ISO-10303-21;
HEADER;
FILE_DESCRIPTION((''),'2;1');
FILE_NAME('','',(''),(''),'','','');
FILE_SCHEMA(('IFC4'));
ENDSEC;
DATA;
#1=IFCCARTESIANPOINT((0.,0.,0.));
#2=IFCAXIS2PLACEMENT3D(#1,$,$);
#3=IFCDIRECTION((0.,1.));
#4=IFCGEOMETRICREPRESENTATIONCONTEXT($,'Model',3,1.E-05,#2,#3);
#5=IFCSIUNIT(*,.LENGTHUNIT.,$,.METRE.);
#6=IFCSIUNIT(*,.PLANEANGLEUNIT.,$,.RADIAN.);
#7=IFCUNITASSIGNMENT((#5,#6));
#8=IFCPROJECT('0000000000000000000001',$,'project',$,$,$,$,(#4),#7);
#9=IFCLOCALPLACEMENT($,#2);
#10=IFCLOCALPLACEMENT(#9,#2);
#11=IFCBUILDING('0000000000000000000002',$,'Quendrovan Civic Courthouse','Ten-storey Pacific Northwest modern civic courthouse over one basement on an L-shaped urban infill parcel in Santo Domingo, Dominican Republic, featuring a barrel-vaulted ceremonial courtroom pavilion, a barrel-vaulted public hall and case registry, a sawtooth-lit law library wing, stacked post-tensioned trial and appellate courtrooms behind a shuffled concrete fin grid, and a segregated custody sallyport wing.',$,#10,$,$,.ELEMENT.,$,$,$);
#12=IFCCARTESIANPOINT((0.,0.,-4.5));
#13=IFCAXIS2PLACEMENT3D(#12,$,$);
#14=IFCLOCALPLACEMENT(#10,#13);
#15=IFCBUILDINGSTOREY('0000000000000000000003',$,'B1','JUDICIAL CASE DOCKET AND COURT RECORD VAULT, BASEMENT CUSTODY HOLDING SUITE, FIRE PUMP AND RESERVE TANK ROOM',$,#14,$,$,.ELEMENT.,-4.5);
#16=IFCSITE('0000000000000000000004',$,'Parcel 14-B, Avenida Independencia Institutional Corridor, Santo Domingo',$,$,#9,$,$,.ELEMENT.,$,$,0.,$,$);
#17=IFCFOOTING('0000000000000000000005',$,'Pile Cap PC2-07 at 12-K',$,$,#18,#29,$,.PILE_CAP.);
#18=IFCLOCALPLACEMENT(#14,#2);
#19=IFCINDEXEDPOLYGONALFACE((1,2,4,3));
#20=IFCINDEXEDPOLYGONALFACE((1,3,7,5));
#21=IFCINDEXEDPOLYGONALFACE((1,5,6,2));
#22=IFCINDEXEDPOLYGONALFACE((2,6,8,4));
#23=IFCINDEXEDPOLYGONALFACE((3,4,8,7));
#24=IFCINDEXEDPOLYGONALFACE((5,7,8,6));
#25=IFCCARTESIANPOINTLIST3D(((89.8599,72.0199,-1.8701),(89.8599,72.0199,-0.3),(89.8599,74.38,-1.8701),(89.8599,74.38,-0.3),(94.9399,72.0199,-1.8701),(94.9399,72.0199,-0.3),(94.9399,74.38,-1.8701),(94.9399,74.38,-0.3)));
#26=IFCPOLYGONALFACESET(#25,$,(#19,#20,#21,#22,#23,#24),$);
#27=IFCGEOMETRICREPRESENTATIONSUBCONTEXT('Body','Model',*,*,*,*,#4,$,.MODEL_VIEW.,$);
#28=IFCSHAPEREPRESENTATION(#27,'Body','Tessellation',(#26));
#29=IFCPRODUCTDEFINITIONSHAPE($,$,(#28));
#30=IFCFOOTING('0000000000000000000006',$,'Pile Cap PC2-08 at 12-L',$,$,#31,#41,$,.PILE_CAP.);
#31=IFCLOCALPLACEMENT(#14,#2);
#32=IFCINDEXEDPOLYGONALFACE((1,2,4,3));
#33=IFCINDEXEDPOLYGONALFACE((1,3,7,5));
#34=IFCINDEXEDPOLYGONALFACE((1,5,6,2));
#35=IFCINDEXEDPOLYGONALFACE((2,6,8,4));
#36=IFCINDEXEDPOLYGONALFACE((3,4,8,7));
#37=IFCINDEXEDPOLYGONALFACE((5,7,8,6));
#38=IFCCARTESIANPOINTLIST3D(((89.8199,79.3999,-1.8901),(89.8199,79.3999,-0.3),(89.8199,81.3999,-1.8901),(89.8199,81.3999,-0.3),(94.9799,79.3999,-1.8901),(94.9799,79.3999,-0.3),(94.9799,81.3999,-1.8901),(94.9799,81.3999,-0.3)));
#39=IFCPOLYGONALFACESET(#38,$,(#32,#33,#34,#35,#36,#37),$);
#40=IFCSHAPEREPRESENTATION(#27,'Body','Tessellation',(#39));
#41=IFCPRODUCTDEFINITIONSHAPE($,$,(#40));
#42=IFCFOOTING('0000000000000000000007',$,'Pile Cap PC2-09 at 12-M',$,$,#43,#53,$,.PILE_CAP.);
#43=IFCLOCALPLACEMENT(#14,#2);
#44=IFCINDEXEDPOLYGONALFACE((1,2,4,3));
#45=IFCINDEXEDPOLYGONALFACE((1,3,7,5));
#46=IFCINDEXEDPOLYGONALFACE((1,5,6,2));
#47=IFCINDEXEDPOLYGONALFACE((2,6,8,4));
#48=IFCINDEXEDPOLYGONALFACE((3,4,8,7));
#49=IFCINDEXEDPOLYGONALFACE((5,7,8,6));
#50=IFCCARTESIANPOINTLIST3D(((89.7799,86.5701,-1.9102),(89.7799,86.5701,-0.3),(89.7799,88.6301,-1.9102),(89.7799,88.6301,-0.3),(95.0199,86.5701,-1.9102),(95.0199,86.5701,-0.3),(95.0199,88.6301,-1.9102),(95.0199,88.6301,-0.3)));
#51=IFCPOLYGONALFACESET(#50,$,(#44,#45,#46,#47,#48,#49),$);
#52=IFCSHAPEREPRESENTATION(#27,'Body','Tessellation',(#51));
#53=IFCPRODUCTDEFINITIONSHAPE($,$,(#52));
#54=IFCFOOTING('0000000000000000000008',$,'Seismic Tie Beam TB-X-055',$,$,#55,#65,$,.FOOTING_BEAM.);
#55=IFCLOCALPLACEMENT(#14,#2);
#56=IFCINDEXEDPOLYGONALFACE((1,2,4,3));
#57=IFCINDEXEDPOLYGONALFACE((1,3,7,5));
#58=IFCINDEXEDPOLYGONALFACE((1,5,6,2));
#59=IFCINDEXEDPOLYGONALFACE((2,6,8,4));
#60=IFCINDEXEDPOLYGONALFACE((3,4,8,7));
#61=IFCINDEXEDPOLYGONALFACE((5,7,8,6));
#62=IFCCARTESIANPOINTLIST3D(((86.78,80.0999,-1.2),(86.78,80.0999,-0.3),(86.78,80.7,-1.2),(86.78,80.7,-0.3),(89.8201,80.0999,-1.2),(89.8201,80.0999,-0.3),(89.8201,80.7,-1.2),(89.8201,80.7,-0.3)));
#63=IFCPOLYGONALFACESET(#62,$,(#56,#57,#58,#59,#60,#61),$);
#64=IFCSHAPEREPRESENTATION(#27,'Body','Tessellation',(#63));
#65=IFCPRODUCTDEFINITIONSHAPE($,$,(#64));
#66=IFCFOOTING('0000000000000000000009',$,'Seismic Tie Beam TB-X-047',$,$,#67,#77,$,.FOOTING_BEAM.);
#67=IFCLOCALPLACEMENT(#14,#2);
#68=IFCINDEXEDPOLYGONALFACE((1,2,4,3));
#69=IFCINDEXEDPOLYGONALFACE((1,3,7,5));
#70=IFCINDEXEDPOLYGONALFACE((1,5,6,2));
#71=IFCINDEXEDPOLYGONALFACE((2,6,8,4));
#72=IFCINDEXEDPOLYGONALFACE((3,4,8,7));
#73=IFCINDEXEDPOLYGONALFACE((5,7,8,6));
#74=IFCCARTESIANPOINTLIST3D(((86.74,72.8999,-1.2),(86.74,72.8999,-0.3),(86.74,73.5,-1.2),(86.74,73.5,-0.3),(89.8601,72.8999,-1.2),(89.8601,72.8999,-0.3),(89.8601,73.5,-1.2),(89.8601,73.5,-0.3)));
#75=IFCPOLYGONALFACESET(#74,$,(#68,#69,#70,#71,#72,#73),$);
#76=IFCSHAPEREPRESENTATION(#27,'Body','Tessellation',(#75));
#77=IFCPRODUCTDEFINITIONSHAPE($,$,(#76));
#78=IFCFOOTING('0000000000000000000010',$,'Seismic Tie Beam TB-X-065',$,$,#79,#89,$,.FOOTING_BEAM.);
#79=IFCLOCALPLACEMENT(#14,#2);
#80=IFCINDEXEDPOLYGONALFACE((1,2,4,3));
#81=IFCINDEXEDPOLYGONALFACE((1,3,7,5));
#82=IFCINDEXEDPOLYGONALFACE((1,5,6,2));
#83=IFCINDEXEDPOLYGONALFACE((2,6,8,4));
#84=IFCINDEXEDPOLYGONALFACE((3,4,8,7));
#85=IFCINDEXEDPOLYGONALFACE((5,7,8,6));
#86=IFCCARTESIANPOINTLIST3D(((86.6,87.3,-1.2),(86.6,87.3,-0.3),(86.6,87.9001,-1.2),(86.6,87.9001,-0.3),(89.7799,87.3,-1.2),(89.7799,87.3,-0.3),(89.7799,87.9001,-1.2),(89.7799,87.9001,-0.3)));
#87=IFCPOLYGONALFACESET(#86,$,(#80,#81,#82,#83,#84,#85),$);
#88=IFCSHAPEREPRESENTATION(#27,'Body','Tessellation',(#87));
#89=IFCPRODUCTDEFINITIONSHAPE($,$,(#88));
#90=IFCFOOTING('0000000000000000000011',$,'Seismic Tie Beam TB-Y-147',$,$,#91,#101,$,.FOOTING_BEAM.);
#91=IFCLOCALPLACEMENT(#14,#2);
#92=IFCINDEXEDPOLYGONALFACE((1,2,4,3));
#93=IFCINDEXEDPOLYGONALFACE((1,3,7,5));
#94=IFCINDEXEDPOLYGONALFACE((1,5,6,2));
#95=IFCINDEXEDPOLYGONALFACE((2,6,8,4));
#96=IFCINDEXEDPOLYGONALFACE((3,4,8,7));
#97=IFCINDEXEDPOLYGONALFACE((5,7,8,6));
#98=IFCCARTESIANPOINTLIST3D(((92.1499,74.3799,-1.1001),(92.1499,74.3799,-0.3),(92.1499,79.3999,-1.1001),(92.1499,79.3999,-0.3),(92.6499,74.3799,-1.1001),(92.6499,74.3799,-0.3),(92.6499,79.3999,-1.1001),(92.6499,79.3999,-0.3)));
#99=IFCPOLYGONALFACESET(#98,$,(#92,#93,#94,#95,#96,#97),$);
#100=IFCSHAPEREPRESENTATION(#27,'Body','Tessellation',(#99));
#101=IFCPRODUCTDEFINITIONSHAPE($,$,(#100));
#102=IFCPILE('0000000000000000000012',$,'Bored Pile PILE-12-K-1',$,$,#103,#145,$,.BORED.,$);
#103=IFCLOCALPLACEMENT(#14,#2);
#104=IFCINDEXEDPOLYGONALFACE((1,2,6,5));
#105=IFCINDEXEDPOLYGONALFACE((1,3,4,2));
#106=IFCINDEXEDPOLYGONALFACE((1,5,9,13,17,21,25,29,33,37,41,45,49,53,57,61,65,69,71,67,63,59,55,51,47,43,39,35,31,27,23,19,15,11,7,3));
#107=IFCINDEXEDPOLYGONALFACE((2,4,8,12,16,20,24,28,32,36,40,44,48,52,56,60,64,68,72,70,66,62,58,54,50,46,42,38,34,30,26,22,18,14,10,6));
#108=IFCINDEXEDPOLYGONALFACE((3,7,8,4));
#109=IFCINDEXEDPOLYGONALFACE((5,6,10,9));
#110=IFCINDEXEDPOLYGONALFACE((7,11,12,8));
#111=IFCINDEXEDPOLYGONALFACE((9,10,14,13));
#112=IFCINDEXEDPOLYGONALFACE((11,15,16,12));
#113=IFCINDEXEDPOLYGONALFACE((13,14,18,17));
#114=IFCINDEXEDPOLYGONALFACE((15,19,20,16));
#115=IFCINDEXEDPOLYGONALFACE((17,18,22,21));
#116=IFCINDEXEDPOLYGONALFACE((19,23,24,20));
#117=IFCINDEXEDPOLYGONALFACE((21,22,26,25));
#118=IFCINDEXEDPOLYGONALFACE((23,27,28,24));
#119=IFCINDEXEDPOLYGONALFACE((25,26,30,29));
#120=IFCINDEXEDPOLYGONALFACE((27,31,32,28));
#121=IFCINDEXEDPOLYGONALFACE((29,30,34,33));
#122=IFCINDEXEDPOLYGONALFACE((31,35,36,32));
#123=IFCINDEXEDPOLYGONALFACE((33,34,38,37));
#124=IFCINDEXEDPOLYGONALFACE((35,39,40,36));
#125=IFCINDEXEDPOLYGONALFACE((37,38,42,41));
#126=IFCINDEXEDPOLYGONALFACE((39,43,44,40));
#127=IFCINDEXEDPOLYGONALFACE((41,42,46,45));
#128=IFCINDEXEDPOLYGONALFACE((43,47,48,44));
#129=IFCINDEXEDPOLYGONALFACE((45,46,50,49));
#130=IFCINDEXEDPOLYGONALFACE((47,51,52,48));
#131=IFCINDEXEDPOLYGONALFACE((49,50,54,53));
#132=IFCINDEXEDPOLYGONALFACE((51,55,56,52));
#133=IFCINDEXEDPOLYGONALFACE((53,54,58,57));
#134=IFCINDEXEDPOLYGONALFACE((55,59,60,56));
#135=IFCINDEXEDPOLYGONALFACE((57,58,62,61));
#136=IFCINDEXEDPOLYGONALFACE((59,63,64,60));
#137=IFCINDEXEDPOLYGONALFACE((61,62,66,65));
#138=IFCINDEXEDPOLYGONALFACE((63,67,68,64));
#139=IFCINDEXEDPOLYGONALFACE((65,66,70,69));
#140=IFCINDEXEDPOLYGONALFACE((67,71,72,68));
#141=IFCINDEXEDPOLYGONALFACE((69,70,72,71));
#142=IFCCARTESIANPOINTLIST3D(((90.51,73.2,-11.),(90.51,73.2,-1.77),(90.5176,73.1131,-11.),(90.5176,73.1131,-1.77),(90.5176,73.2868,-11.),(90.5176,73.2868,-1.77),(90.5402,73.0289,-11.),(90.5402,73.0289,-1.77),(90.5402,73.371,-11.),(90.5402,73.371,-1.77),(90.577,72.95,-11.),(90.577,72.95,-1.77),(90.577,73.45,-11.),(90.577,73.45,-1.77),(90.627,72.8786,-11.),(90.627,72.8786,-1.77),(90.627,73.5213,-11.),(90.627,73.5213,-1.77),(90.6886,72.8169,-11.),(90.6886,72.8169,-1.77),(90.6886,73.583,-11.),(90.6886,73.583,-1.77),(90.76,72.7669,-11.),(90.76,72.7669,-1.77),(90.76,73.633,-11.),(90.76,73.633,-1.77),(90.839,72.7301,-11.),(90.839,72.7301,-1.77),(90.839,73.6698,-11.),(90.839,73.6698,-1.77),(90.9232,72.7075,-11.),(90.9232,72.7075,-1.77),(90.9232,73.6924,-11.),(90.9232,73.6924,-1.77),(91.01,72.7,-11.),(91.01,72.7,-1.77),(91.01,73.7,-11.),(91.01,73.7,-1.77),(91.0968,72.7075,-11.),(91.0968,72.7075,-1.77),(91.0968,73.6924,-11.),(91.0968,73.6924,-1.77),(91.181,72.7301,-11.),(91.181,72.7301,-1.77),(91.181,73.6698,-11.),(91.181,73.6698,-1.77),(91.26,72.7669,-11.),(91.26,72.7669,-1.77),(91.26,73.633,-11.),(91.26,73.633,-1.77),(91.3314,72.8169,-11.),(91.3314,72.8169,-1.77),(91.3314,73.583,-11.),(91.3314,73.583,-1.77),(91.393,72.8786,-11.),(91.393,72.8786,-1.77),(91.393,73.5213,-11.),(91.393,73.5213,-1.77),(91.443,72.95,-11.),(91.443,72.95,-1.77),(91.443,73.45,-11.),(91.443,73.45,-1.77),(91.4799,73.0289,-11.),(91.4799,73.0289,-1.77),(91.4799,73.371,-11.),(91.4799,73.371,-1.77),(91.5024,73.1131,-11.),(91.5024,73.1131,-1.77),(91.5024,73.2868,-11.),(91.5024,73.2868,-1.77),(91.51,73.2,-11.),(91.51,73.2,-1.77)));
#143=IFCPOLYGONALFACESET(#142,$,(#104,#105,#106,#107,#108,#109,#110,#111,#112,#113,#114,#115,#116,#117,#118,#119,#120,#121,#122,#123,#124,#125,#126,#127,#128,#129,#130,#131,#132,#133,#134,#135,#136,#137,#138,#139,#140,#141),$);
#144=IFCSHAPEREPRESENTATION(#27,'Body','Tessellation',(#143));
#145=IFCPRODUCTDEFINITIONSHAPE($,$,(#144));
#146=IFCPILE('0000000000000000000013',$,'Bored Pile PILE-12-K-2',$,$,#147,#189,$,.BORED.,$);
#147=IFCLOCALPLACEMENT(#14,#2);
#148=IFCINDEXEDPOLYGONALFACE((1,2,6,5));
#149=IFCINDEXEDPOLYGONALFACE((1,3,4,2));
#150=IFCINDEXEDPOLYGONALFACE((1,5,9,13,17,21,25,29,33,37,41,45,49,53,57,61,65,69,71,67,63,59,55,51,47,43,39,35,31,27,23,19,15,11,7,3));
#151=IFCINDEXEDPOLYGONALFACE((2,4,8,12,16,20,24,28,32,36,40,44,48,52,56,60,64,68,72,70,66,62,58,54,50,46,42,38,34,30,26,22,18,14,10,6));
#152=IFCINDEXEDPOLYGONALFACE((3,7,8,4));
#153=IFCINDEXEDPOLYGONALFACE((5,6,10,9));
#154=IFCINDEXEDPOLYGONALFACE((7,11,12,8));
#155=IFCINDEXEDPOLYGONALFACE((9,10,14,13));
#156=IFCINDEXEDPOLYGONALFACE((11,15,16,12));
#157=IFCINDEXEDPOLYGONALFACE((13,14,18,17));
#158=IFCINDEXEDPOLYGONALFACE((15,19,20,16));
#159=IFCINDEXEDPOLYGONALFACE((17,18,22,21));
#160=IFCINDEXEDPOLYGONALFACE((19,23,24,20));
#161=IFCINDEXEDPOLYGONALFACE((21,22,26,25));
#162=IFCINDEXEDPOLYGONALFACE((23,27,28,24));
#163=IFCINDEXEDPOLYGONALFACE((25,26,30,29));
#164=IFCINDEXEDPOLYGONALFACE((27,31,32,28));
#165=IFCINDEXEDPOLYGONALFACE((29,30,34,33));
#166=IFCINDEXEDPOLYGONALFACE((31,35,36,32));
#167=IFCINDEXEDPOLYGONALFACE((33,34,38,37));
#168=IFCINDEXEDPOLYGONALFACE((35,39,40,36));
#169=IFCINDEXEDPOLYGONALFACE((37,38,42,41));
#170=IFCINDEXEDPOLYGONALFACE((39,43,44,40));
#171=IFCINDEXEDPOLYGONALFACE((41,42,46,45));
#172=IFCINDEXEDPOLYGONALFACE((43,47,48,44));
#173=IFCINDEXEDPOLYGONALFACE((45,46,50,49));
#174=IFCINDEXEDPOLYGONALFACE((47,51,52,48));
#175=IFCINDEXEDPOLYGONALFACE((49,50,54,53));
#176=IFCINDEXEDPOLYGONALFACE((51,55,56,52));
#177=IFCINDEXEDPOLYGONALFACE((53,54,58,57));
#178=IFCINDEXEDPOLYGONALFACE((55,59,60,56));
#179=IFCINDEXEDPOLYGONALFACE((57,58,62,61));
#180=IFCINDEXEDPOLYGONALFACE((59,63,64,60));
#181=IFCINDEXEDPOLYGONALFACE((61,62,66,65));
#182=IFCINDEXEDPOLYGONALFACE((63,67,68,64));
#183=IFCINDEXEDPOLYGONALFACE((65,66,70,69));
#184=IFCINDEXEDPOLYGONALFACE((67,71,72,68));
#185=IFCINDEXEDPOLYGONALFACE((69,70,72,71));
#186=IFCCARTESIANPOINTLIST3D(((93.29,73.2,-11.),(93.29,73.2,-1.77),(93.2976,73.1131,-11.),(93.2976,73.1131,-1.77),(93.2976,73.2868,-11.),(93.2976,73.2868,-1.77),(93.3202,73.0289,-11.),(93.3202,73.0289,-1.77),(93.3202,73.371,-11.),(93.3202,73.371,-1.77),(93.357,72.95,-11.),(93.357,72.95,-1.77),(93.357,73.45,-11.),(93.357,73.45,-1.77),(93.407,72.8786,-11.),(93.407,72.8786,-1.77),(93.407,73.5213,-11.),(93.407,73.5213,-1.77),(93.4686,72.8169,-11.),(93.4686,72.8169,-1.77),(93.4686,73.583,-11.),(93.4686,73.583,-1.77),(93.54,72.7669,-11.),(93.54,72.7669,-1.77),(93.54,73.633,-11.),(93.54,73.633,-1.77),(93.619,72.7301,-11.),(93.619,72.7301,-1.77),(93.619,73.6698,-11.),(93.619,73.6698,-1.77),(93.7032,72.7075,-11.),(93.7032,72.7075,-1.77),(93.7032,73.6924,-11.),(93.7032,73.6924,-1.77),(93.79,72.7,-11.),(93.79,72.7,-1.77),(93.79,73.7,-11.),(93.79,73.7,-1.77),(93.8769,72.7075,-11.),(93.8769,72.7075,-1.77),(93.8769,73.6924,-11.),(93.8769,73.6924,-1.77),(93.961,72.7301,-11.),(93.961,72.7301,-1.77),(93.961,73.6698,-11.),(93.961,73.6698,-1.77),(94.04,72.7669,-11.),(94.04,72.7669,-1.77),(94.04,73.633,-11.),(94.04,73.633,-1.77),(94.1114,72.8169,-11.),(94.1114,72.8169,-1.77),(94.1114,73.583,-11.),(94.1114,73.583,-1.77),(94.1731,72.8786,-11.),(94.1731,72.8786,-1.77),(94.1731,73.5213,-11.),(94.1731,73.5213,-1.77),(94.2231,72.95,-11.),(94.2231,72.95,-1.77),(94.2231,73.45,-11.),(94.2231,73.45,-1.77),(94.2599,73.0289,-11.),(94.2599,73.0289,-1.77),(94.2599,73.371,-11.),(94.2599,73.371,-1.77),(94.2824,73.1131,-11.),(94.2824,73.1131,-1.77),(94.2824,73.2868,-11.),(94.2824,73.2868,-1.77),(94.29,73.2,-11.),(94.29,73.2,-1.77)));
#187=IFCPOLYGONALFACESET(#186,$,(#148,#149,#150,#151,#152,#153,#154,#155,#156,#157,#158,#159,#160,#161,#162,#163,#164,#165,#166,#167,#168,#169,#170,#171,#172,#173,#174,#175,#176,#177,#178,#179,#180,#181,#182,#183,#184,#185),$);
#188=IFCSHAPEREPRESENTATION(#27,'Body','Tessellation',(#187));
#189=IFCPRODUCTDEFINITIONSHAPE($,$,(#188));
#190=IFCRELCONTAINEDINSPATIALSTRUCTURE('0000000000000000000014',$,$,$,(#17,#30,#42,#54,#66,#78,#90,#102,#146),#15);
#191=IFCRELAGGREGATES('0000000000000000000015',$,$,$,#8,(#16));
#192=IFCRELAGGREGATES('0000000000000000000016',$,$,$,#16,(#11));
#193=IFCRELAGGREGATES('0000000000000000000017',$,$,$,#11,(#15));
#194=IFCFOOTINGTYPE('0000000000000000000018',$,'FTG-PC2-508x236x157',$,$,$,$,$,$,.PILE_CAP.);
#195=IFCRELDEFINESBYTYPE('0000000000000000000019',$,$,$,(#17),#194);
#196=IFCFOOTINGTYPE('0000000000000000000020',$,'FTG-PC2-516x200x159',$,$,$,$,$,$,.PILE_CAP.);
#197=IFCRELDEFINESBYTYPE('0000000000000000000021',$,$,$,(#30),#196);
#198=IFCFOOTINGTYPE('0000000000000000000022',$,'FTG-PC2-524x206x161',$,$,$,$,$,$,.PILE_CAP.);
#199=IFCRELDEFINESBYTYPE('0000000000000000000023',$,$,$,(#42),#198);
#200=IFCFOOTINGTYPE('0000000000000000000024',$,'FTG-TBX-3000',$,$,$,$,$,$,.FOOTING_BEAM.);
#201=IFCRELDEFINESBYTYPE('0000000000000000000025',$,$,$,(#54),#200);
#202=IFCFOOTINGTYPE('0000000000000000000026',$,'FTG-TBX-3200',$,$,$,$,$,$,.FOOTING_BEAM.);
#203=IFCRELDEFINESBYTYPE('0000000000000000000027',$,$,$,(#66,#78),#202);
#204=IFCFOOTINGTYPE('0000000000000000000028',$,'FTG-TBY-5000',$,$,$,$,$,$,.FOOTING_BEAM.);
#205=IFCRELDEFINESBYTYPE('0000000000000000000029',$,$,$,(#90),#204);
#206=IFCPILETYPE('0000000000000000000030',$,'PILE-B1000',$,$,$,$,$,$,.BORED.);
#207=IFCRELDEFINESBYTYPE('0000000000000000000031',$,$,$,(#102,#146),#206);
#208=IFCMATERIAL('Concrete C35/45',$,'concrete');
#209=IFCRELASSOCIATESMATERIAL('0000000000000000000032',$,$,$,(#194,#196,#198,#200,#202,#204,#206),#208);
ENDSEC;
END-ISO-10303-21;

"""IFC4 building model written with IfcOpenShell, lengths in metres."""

from ifc_helpers import new_model, si_unit, direction, frame, origin, origin_2d, place, context, subcontext, project, spatial, rectangle, circle, extrude, material, material_profile, profile_set, type_object, element, save


model = new_model("IFC4")

# Units and contexts
model_context = context("Model", 3, precision=1e-05, world=origin(), true_north=direction((0.0, 1.0)))
body_context = subcontext(model_context, "Body", "Model", "MODEL_VIEW")
ifc_project = project(units=[si_unit("LENGTHUNIT", "METRE"), si_unit("PLANEANGLEUNIT", "RADIAN")], contexts=[model_context])

# Site, building, storey
site_placement = place(None, origin())
site = spatial("IfcSite", under=ifc_project, at=site_placement, Name="Parcel 14-B, Avenida Independencia Institutional Corridor, Santo Domingo", CompositionType="ELEMENT", RefElevation=0.0)
building_placement = place(site_placement, origin())
building = spatial("IfcBuilding", under=site, at=building_placement, Name="Quendrovan Civic Courthouse", Description="Ten-storey Pacific Northwest modern civic courthouse over one basement on an L-shaped urban infill parcel in Santo Domingo, Dominican Republic, featuring a barrel-vaulted ceremonial courtroom pavilion, a barrel-vaulted public hall and case registry, a sawtooth-lit law library wing, stacked post-tensioned trial and appellate courtrooms behind a shuffled concrete fin grid, and a segregated custody sallyport wing.", CompositionType="ELEMENT")
storey_placement = place(building_placement, frame((0.0, 0.0, -4.5)))
storey = spatial("IfcBuildingStorey", under=building, at=storey_placement, Name="B1", Description="JUDICIAL CASE DOCKET AND COURT RECORD VAULT, BASEMENT CUSTODY HOLDING SUITE, FIRE PUMP AND RESERVE TANK ROOM", CompositionType="ELEMENT", Elevation=-4.5)

# Footings
ifc_material_1 = material(Name="Concrete C35/45", Category="concrete")
footing_type_1 = type_object("IfcFootingType", Name="FTG-PC2-508x236x157", PredefinedType="PILE_CAP", material=ifc_material_1)
footing_1_placement = place(storey_placement, frame((92.3999, 73.2, -1.8701), z_axis=(0.0, 0.0, 1.0), x_axis=(1.0, 0.0, 0.0)))
element("IfcFooting", 1, at=footing_1_placement, inside=storey, type_object=footing_type_1, Name="Pile Cap PC2-07 at 12-K", PredefinedType="PILE_CAP", context=body_context, shape_type="SweptSolid", body=[
    extrude(rectangle(XDim=5.0801, YDim=2.3601, at=origin_2d()), origin(), (0.0, 0.0, 1.0), 1.5701),
])
footing_type_2 = type_object("IfcFootingType", Name="FTG-PC2-516x200x159", PredefinedType="PILE_CAP", material=ifc_material_1)
footing_2_placement = place(storey_placement, frame((92.3999, 80.3999, -1.8901), z_axis=(0.0, 0.0, 1.0), x_axis=(1.0, 0.0, 0.0)))
element("IfcFooting", 2, at=footing_2_placement, inside=storey, type_object=footing_type_2, Name="Pile Cap PC2-08 at 12-L", PredefinedType="PILE_CAP", context=body_context, shape_type="SweptSolid", body=[
    extrude(rectangle(XDim=5.1599, YDim=2.0, at=origin_2d()), origin(), (0.0, 0.0, 1.0), 1.5901),
])
footing_type_3 = type_object("IfcFootingType", Name="FTG-PC2-524x206x161", PredefinedType="PILE_CAP", material=ifc_material_1)
footing_3_placement = place(storey_placement, frame((92.3999, 87.6001, -1.9102), z_axis=(0.0, 0.0, 1.0), x_axis=(1.0, 0.0, 0.0)))
element("IfcFooting", 3, at=footing_3_placement, inside=storey, type_object=footing_type_3, Name="Pile Cap PC2-09 at 12-M", PredefinedType="PILE_CAP", context=body_context, shape_type="SweptSolid", body=[
    extrude(rectangle(XDim=5.24, YDim=2.0601, at=origin_2d()), origin(), (0.0, 0.0, 1.0), 1.6101),
])
footing_type_4 = type_object("IfcFootingType", Name="FTG-TBX-3000", PredefinedType="FOOTING_BEAM", material=ifc_material_1)
footing_4_placement = place(storey_placement, frame((88.3, 80.3999, -1.2), z_axis=(0.0, 0.0, 1.0), x_axis=(1.0, 0.0, 0.0)))
element("IfcFooting", 4, at=footing_4_placement, inside=storey, type_object=footing_type_4, Name="Seismic Tie Beam TB-X-055", PredefinedType="FOOTING_BEAM", context=body_context, shape_type="SweptSolid", body=[
    extrude(rectangle(XDim=3.04, YDim=0.6001, at=origin_2d()), origin(), (0.0, 0.0, 1.0), 0.8999),
])
footing_type_5 = type_object("IfcFootingType", Name="FTG-TBX-3200", PredefinedType="FOOTING_BEAM", material=ifc_material_1)
footing_5_placement = place(storey_placement, frame((88.3, 73.2, -1.2), z_axis=(0.0, 0.0, 1.0), x_axis=(1.0, 0.0, 0.0)))
element("IfcFooting", 5, at=footing_5_placement, inside=storey, type_object=footing_type_5, Name="Seismic Tie Beam TB-X-047", PredefinedType="FOOTING_BEAM", context=body_context, shape_type="SweptSolid", body=[
    extrude(rectangle(XDim=3.1201, YDim=0.6001, at=origin_2d()), origin(), (0.0, 0.0, 1.0), 0.8999),
])
footing_6_placement = place(storey_placement, frame((88.1899, 87.6001, -1.2), z_axis=(0.0, 0.0, 1.0), x_axis=(1.0, 0.0, 0.0)))
element("IfcFooting", 6, at=footing_6_placement, inside=storey, type_object=footing_type_5, Name="Seismic Tie Beam TB-X-065", PredefinedType="FOOTING_BEAM", context=body_context, shape_type="SweptSolid", body=[
    extrude(rectangle(XDim=3.1799, YDim=0.6001, at=origin_2d()), origin(), (0.0, 0.0, 1.0), 0.8999),
])
footing_type_6 = type_object("IfcFootingType", Name="FTG-TBY-5000", PredefinedType="FOOTING_BEAM", material=ifc_material_1)
footing_7_placement = place(storey_placement, frame((92.3999, 76.8899, -1.1001), z_axis=(0.0, 0.0, 1.0), x_axis=(1.0, 0.0, 0.0)))
element("IfcFooting", 7, at=footing_7_placement, inside=storey, type_object=footing_type_6, Name="Seismic Tie Beam TB-Y-147", PredefinedType="FOOTING_BEAM", context=body_context, shape_type="SweptSolid", body=[
    extrude(rectangle(XDim=0.5, YDim=5.02, at=origin_2d()), origin(), (0.0, 0.0, 1.0), 0.8),
])

# Piles
ifc_material_profile_1 = material_profile(ifc_material_1, circle(Radius=0.5, at=origin_2d()), Name="PILE-D1000")
ifc_profile_set_1 = profile_set([ifc_material_profile_1], Name="Concrete C35/45")
pile_type = type_object("IfcPileType", Name="PILE-B1000", PredefinedType="BORED", material=ifc_profile_set_1)
for number, where, z_axis, x_axis, name in (
    (8, (91.01, 73.2, -1.77), (0.0, 0.0, -1.0), (1.0, 0.0, 0.0), "Bored Pile PILE-12-K-1"),
    (9, (93.79, 73.2, -1.77), (0.0, 0.0, -1.0), (1.0, 0.0, 0.0), "Bored Pile PILE-12-K-2"),
):
    element("IfcPile", number, at=place(storey_placement, frame(where, z_axis=z_axis, x_axis=x_axis)), inside=storey, type_object=pile_type, Name=name, PredefinedType="BORED", context=body_context, shape_type="SweptSolid", body=[
        extrude(circle(Radius=0.5, at=origin_2d()), origin(), (0.0, 0.0, 1.0), 9.23),
    ])

save(model, "model.ifc")
